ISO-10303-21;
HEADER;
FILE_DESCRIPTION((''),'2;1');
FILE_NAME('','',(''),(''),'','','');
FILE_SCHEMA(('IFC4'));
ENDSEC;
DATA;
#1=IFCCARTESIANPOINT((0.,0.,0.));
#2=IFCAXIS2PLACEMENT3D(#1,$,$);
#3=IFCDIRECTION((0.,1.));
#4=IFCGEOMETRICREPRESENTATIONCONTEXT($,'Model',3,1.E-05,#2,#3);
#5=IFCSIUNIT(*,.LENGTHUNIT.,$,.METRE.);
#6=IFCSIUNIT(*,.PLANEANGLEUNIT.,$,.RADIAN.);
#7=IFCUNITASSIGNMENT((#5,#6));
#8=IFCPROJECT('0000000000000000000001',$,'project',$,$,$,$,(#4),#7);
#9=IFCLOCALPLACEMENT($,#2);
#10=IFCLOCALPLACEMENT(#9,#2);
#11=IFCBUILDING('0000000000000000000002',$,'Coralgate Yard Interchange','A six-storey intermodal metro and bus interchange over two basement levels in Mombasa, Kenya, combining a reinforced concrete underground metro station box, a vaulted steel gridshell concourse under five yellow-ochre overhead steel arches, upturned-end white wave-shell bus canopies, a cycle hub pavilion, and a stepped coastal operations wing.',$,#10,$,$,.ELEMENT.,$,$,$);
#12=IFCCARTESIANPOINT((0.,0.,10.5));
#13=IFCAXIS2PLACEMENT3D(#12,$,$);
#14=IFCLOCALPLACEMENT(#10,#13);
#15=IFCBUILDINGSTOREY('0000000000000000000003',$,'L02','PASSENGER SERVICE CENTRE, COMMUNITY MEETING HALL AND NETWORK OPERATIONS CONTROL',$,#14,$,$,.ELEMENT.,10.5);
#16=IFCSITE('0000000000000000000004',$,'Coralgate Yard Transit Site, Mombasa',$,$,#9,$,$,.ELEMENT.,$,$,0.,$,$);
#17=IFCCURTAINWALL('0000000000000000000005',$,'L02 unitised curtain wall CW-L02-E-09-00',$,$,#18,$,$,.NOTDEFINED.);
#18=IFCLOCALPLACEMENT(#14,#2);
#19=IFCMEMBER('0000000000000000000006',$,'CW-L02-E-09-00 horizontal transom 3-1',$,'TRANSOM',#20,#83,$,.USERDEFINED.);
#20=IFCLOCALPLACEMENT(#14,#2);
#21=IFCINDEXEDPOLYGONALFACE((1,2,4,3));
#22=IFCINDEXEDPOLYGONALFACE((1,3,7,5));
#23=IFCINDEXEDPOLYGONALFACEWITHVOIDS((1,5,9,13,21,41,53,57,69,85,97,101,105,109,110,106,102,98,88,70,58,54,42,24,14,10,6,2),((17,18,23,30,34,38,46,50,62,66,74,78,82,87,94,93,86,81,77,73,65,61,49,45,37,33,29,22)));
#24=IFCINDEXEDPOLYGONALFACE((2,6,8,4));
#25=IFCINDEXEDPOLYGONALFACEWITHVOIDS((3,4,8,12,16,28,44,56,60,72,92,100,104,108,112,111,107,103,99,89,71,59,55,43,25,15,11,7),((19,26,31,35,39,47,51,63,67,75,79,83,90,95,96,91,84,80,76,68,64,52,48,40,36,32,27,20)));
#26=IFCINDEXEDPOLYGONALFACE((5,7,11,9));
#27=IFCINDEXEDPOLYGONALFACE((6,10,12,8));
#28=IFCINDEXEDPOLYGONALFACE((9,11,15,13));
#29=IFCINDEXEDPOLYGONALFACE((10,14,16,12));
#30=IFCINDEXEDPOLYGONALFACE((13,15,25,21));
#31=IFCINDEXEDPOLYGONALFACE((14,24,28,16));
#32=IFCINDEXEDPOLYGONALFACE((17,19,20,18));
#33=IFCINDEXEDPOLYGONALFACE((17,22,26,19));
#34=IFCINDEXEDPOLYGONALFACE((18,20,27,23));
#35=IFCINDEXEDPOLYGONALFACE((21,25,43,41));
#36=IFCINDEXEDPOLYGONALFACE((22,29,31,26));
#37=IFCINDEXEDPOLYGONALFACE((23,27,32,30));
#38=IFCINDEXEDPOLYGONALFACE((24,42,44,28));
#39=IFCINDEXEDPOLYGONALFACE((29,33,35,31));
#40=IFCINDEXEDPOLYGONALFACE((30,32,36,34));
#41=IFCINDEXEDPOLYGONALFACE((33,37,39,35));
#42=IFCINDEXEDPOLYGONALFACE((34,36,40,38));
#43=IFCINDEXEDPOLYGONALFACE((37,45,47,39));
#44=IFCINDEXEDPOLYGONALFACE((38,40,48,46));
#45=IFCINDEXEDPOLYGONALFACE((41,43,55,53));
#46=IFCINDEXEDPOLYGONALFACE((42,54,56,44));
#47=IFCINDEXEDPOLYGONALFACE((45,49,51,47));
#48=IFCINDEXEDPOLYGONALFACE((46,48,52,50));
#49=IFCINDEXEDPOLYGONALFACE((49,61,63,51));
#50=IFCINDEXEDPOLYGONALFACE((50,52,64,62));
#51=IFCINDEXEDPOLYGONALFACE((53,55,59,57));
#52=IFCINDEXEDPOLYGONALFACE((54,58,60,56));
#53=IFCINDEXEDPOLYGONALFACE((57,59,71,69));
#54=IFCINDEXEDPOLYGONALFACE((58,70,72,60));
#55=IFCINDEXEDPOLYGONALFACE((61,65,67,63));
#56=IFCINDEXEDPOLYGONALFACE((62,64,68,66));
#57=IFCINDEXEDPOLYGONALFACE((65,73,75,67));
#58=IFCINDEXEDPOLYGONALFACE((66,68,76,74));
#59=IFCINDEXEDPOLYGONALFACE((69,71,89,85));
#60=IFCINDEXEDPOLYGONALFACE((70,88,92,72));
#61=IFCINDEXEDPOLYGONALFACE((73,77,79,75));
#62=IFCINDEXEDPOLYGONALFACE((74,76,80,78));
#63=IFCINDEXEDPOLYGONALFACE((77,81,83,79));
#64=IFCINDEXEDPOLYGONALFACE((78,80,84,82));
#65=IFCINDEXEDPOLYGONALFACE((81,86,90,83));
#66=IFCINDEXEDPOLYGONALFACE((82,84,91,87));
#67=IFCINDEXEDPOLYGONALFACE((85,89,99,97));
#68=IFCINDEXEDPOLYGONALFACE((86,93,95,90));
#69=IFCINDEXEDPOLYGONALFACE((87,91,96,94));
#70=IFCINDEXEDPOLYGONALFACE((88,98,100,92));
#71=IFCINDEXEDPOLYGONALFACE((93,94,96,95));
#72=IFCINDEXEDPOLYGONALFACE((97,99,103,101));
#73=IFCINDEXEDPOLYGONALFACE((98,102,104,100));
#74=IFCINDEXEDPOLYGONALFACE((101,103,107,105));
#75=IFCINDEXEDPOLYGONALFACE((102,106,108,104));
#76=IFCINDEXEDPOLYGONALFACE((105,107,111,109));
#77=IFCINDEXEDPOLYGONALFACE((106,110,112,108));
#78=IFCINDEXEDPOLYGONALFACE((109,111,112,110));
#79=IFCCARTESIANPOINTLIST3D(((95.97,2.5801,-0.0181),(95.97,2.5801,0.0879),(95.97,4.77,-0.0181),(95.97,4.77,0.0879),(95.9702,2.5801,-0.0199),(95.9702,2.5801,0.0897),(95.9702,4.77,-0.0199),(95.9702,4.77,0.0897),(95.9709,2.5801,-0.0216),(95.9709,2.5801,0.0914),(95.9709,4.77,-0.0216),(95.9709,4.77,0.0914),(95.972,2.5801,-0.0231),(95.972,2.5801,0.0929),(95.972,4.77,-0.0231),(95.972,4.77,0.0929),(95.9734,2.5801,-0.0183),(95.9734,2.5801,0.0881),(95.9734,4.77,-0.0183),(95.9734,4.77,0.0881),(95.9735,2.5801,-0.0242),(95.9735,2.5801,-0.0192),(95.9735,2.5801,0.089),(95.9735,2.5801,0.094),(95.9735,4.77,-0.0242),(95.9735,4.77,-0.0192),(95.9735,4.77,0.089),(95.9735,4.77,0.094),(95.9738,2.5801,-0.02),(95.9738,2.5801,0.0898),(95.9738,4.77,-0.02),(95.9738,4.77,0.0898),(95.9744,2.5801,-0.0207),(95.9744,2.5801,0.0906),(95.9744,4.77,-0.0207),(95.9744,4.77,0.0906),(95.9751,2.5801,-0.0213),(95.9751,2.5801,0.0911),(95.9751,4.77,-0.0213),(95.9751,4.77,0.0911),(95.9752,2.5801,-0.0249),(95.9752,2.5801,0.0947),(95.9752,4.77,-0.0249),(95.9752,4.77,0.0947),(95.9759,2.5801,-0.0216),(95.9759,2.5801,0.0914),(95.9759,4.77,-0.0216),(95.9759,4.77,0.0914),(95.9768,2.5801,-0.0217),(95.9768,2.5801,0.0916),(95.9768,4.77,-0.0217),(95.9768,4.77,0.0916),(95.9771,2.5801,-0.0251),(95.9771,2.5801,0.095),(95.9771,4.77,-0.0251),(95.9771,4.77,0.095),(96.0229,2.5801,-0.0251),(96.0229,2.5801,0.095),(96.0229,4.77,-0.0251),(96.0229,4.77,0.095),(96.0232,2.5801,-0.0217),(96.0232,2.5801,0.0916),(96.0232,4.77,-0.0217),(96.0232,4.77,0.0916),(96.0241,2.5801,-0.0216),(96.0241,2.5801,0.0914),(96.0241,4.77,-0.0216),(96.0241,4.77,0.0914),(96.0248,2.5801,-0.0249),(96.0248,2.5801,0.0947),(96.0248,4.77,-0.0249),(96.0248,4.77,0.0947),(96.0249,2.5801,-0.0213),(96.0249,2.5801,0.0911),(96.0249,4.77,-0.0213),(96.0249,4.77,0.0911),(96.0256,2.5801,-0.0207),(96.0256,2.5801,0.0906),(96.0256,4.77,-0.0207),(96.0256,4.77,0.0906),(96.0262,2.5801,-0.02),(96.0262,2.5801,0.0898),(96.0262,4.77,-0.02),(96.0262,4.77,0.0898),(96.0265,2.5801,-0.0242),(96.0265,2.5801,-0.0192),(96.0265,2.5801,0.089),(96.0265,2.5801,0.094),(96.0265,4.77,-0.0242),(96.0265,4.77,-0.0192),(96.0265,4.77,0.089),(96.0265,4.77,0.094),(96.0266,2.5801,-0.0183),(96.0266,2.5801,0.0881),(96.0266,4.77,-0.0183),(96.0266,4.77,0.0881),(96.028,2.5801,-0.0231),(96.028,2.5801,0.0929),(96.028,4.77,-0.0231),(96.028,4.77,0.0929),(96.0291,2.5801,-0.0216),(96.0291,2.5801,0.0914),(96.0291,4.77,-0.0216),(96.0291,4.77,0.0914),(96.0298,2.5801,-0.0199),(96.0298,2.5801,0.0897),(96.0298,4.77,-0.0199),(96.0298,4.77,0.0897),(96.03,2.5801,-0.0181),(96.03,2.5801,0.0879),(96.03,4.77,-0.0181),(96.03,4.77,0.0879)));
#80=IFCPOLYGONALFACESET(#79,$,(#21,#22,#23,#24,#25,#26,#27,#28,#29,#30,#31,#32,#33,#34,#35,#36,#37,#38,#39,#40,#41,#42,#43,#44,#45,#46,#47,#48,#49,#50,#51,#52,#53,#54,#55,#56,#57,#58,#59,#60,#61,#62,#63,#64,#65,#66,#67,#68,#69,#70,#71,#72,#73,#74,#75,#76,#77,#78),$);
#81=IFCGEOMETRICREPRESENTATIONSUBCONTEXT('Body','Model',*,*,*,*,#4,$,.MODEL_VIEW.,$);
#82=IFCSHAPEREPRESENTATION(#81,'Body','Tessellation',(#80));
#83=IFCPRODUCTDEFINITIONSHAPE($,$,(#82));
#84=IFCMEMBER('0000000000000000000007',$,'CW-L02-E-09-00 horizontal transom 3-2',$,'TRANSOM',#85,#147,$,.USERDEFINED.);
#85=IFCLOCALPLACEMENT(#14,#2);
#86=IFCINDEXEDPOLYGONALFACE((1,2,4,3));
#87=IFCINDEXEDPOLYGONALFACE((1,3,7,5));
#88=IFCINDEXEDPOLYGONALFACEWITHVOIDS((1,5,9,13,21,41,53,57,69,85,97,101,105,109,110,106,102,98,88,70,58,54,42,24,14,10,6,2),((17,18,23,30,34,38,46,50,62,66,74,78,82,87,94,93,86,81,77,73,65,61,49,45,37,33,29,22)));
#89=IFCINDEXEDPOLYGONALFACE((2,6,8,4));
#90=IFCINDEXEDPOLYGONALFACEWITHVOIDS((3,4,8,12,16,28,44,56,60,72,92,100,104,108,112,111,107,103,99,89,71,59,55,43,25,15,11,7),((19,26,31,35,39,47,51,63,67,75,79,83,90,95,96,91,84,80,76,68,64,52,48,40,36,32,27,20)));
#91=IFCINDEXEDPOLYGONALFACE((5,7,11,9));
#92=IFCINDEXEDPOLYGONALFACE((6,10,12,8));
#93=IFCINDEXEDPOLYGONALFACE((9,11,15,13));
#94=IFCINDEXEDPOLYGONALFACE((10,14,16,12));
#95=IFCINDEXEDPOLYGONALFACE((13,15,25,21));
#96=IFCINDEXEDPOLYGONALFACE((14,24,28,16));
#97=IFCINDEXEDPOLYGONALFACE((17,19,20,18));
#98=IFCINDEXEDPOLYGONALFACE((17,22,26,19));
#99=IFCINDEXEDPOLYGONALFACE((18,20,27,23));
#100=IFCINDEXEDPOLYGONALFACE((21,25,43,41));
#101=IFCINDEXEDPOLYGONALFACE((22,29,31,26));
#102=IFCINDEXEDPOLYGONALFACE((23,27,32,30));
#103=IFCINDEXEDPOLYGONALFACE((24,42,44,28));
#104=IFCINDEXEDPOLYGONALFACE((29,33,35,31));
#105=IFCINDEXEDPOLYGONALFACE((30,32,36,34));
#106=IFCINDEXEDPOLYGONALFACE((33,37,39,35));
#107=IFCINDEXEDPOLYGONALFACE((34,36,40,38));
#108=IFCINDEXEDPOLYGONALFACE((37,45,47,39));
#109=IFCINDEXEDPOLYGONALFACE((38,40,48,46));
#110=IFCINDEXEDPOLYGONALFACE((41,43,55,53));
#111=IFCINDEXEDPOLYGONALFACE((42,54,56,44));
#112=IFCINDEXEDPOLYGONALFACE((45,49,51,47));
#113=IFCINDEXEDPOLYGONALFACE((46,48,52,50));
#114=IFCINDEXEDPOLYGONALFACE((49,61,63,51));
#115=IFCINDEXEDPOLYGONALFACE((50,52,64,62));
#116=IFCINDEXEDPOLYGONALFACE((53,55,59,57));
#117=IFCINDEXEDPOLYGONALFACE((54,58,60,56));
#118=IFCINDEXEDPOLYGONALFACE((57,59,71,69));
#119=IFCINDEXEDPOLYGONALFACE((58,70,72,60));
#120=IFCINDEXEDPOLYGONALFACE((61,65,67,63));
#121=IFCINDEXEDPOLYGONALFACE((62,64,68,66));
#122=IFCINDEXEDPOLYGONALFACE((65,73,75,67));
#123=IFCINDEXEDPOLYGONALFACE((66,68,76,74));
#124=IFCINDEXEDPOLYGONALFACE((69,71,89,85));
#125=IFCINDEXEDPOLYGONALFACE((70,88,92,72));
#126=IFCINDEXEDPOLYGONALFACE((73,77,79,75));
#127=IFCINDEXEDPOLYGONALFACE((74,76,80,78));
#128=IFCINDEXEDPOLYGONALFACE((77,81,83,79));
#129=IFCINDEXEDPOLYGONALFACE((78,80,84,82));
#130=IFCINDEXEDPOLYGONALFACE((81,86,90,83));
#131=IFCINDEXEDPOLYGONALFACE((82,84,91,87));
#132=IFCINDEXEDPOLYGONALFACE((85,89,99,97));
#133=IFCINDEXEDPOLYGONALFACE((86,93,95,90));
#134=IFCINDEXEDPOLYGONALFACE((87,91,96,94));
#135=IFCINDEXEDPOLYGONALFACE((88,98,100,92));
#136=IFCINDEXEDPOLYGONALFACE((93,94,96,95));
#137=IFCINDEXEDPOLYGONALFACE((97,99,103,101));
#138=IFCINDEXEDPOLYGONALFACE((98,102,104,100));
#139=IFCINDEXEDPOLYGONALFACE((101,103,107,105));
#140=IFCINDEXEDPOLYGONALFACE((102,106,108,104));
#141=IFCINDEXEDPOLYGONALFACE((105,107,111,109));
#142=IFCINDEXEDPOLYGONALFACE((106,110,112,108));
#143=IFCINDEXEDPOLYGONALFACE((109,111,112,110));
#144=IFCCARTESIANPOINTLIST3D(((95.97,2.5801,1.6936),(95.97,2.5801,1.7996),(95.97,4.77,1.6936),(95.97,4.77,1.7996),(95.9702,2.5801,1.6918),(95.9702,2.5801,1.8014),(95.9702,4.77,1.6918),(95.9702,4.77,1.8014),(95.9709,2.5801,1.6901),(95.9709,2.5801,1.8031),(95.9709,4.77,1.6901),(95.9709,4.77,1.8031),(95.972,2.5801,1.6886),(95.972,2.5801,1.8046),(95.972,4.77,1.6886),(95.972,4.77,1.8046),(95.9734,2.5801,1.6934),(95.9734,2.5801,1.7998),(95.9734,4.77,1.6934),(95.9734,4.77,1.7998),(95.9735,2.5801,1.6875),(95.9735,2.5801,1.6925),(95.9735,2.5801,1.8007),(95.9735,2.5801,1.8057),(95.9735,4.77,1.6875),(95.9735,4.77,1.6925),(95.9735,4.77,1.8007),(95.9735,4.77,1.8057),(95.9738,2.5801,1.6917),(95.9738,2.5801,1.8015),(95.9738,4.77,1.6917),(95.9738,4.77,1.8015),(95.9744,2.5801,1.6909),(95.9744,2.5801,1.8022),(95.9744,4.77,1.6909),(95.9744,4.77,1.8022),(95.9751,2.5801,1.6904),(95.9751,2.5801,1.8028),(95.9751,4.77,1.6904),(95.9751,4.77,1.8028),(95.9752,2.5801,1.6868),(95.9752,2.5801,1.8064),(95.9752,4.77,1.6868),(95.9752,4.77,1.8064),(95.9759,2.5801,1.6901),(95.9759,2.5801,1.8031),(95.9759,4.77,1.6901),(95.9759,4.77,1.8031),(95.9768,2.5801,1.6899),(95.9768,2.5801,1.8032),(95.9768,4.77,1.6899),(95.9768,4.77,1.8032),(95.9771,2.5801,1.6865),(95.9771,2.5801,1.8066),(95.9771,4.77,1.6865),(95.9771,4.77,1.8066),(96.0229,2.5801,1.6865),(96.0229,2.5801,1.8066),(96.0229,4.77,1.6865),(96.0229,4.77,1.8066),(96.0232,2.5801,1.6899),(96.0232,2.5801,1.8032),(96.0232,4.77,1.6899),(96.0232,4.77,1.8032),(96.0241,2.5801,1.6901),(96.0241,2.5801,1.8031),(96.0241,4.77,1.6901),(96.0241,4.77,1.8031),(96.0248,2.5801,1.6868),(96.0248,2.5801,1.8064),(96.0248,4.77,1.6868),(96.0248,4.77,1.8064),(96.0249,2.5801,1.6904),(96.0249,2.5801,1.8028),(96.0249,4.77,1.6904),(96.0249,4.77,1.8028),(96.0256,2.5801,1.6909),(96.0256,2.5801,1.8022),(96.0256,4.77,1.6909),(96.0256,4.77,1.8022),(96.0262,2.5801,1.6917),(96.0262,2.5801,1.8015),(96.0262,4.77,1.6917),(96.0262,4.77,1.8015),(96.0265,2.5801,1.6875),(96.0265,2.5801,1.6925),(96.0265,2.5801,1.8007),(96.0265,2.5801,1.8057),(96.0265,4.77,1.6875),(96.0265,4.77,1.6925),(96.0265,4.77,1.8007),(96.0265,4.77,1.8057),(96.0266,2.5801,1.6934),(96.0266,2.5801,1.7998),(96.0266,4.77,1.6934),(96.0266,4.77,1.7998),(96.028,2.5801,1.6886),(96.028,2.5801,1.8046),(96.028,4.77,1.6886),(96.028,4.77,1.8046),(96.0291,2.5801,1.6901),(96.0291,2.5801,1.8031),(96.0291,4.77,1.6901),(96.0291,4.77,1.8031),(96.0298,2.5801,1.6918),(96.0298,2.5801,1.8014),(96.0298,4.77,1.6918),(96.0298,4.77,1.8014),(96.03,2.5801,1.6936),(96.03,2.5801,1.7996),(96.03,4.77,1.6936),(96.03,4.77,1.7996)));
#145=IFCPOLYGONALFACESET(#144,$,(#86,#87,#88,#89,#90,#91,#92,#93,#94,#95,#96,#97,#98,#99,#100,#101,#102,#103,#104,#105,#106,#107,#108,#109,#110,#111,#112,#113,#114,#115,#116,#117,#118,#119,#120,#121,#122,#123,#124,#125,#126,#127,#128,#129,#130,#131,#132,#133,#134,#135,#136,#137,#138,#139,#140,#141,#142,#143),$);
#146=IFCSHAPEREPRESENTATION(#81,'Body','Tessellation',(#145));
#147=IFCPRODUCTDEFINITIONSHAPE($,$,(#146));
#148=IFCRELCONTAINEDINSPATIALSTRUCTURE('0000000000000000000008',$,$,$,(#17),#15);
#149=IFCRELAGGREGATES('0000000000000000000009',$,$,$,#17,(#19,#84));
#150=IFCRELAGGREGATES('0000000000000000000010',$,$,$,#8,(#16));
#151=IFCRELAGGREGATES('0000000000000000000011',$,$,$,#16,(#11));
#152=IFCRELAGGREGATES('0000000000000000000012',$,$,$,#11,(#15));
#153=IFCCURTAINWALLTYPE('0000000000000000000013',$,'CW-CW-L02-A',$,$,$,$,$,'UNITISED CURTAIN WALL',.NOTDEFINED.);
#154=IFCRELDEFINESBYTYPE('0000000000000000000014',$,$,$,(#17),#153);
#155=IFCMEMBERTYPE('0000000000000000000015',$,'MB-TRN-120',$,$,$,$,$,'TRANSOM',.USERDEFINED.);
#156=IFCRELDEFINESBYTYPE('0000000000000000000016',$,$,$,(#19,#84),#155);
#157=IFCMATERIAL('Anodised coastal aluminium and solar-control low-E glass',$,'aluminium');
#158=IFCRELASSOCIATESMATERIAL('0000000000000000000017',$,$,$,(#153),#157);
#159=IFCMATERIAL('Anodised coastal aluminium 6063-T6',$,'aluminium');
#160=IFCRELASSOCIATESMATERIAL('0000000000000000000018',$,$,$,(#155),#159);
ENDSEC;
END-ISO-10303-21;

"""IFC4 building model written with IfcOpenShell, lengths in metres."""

from ifc_helpers import new_model, si_unit, direction, frame, origin, origin_2d, place, context, subcontext, project, spatial, hollow_rectangle, extrude, material, material_profile, profile_set, type_object, element, aggregate, save


model = new_model("IFC4")

# Units and contexts
model_context = context("Model", 3, precision=1e-05, world=origin(), true_north=direction((0.0, 1.0)))
body_context = subcontext(model_context, "Body", "Model", "MODEL_VIEW")
ifc_project = project(units=[si_unit("LENGTHUNIT", "METRE"), si_unit("PLANEANGLEUNIT", "RADIAN")], contexts=[model_context])

# Site, building, storey
site_placement = place(None, origin())
site = spatial("IfcSite", under=ifc_project, at=site_placement, Name="Coralgate Yard Transit Site, Mombasa", CompositionType="ELEMENT", RefElevation=0.0)
building_placement = place(site_placement, origin())
building = spatial("IfcBuilding", under=site, at=building_placement, Name="Coralgate Yard Interchange", Description="A six-storey intermodal metro and bus interchange over two basement levels in Mombasa, Kenya, combining a reinforced concrete underground metro station box, a vaulted steel gridshell concourse under five yellow-ochre overhead steel arches, upturned-end white wave-shell bus canopies, a cycle hub pavilion, and a stepped coastal operations wing.", CompositionType="ELEMENT")
storey_placement = place(building_placement, frame((0.0, 0.0, 10.5)))
storey = spatial("IfcBuildingStorey", under=building, at=storey_placement, Name="L02", Description="PASSENGER SERVICE CENTRE, COMMUNITY MEETING HALL AND NETWORK OPERATIONS CONTROL", CompositionType="ELEMENT", Elevation=10.5)

# Shared definitions
ifc_material_1 = material(Name="Anodised coastal aluminium and solar-control low-E glass", Category="aluminium")
curtain_wall_type = type_object("IfcCurtainWallType", Name="CW-CW-L02-A", ElementType="UNITISED CURTAIN WALL", PredefinedType="NOTDEFINED", material=ifc_material_1)
ifc_material_2 = material(Name="Anodised coastal aluminium 6063-T6", Category="aluminium")

# Curtain wall
curtain_wall_1_placement = place(storey_placement, origin())
curtain_wall_1 = element("IfcCurtainWall", 1, at=curtain_wall_1_placement, inside=storey, type_object=curtain_wall_type, Name="L02 unitised curtain wall CW-L02-E-09-00", PredefinedType="NOTDEFINED")

# Members
ifc_material_profile_1 = material_profile(ifc_material_2, hollow_rectangle(XDim=0.0601, YDim=0.1201, WallThickness=0.0034, InnerFilletRadius=0.0034, OuterFilletRadius=0.0071, at=origin_2d()), Name="ALU 60x120x3.5")
ifc_profile_set_1 = profile_set([ifc_material_profile_1], Name="Anodised coastal aluminium 6063-T6")
member_type_1 = type_object("IfcMemberType", Name="MB-TRN-120", ElementType="TRANSOM", PredefinedType="USERDEFINED", material=ifc_profile_set_1)
member_1_placement = place(storey_placement, frame((96.0, 4.77, 0.0349), z_axis=(0.0, -1.0, 0.0), x_axis=(1.0, 0.0, 0.0)))
member_1 = element("IfcMember", 2, at=member_1_placement, type_object=member_type_1, Name="CW-L02-E-09-00 horizontal transom 3-1", ObjectType="TRANSOM", PredefinedType="USERDEFINED", context=body_context, shape_type="SweptSolid", body=[
    extrude(hollow_rectangle(XDim=0.0601, YDim=0.1201, WallThickness=0.0034, InnerFilletRadius=0.0034, OuterFilletRadius=0.0071, at=origin_2d()), origin(), (0.0, 0.0, 1.0), 2.1899),
])
member_2_placement = place(storey_placement, frame((96.0, 4.77, 1.7466), z_axis=(0.0, -1.0, 0.0), x_axis=(1.0, 0.0, 0.0)))
member_2 = element("IfcMember", 3, at=member_2_placement, type_object=member_type_1, Name="CW-L02-E-09-00 horizontal transom 3-2", ObjectType="TRANSOM", PredefinedType="USERDEFINED", context=body_context, shape_type="SweptSolid", body=[
    extrude(hollow_rectangle(XDim=0.0601, YDim=0.1201, WallThickness=0.0034, InnerFilletRadius=0.0034, OuterFilletRadius=0.0071, at=origin_2d()), origin(), (0.0, 0.0, 1.0), 2.1899),
])

aggregate(curtain_wall_1, [member_1, member_2])

save(model, "model.ifc")
